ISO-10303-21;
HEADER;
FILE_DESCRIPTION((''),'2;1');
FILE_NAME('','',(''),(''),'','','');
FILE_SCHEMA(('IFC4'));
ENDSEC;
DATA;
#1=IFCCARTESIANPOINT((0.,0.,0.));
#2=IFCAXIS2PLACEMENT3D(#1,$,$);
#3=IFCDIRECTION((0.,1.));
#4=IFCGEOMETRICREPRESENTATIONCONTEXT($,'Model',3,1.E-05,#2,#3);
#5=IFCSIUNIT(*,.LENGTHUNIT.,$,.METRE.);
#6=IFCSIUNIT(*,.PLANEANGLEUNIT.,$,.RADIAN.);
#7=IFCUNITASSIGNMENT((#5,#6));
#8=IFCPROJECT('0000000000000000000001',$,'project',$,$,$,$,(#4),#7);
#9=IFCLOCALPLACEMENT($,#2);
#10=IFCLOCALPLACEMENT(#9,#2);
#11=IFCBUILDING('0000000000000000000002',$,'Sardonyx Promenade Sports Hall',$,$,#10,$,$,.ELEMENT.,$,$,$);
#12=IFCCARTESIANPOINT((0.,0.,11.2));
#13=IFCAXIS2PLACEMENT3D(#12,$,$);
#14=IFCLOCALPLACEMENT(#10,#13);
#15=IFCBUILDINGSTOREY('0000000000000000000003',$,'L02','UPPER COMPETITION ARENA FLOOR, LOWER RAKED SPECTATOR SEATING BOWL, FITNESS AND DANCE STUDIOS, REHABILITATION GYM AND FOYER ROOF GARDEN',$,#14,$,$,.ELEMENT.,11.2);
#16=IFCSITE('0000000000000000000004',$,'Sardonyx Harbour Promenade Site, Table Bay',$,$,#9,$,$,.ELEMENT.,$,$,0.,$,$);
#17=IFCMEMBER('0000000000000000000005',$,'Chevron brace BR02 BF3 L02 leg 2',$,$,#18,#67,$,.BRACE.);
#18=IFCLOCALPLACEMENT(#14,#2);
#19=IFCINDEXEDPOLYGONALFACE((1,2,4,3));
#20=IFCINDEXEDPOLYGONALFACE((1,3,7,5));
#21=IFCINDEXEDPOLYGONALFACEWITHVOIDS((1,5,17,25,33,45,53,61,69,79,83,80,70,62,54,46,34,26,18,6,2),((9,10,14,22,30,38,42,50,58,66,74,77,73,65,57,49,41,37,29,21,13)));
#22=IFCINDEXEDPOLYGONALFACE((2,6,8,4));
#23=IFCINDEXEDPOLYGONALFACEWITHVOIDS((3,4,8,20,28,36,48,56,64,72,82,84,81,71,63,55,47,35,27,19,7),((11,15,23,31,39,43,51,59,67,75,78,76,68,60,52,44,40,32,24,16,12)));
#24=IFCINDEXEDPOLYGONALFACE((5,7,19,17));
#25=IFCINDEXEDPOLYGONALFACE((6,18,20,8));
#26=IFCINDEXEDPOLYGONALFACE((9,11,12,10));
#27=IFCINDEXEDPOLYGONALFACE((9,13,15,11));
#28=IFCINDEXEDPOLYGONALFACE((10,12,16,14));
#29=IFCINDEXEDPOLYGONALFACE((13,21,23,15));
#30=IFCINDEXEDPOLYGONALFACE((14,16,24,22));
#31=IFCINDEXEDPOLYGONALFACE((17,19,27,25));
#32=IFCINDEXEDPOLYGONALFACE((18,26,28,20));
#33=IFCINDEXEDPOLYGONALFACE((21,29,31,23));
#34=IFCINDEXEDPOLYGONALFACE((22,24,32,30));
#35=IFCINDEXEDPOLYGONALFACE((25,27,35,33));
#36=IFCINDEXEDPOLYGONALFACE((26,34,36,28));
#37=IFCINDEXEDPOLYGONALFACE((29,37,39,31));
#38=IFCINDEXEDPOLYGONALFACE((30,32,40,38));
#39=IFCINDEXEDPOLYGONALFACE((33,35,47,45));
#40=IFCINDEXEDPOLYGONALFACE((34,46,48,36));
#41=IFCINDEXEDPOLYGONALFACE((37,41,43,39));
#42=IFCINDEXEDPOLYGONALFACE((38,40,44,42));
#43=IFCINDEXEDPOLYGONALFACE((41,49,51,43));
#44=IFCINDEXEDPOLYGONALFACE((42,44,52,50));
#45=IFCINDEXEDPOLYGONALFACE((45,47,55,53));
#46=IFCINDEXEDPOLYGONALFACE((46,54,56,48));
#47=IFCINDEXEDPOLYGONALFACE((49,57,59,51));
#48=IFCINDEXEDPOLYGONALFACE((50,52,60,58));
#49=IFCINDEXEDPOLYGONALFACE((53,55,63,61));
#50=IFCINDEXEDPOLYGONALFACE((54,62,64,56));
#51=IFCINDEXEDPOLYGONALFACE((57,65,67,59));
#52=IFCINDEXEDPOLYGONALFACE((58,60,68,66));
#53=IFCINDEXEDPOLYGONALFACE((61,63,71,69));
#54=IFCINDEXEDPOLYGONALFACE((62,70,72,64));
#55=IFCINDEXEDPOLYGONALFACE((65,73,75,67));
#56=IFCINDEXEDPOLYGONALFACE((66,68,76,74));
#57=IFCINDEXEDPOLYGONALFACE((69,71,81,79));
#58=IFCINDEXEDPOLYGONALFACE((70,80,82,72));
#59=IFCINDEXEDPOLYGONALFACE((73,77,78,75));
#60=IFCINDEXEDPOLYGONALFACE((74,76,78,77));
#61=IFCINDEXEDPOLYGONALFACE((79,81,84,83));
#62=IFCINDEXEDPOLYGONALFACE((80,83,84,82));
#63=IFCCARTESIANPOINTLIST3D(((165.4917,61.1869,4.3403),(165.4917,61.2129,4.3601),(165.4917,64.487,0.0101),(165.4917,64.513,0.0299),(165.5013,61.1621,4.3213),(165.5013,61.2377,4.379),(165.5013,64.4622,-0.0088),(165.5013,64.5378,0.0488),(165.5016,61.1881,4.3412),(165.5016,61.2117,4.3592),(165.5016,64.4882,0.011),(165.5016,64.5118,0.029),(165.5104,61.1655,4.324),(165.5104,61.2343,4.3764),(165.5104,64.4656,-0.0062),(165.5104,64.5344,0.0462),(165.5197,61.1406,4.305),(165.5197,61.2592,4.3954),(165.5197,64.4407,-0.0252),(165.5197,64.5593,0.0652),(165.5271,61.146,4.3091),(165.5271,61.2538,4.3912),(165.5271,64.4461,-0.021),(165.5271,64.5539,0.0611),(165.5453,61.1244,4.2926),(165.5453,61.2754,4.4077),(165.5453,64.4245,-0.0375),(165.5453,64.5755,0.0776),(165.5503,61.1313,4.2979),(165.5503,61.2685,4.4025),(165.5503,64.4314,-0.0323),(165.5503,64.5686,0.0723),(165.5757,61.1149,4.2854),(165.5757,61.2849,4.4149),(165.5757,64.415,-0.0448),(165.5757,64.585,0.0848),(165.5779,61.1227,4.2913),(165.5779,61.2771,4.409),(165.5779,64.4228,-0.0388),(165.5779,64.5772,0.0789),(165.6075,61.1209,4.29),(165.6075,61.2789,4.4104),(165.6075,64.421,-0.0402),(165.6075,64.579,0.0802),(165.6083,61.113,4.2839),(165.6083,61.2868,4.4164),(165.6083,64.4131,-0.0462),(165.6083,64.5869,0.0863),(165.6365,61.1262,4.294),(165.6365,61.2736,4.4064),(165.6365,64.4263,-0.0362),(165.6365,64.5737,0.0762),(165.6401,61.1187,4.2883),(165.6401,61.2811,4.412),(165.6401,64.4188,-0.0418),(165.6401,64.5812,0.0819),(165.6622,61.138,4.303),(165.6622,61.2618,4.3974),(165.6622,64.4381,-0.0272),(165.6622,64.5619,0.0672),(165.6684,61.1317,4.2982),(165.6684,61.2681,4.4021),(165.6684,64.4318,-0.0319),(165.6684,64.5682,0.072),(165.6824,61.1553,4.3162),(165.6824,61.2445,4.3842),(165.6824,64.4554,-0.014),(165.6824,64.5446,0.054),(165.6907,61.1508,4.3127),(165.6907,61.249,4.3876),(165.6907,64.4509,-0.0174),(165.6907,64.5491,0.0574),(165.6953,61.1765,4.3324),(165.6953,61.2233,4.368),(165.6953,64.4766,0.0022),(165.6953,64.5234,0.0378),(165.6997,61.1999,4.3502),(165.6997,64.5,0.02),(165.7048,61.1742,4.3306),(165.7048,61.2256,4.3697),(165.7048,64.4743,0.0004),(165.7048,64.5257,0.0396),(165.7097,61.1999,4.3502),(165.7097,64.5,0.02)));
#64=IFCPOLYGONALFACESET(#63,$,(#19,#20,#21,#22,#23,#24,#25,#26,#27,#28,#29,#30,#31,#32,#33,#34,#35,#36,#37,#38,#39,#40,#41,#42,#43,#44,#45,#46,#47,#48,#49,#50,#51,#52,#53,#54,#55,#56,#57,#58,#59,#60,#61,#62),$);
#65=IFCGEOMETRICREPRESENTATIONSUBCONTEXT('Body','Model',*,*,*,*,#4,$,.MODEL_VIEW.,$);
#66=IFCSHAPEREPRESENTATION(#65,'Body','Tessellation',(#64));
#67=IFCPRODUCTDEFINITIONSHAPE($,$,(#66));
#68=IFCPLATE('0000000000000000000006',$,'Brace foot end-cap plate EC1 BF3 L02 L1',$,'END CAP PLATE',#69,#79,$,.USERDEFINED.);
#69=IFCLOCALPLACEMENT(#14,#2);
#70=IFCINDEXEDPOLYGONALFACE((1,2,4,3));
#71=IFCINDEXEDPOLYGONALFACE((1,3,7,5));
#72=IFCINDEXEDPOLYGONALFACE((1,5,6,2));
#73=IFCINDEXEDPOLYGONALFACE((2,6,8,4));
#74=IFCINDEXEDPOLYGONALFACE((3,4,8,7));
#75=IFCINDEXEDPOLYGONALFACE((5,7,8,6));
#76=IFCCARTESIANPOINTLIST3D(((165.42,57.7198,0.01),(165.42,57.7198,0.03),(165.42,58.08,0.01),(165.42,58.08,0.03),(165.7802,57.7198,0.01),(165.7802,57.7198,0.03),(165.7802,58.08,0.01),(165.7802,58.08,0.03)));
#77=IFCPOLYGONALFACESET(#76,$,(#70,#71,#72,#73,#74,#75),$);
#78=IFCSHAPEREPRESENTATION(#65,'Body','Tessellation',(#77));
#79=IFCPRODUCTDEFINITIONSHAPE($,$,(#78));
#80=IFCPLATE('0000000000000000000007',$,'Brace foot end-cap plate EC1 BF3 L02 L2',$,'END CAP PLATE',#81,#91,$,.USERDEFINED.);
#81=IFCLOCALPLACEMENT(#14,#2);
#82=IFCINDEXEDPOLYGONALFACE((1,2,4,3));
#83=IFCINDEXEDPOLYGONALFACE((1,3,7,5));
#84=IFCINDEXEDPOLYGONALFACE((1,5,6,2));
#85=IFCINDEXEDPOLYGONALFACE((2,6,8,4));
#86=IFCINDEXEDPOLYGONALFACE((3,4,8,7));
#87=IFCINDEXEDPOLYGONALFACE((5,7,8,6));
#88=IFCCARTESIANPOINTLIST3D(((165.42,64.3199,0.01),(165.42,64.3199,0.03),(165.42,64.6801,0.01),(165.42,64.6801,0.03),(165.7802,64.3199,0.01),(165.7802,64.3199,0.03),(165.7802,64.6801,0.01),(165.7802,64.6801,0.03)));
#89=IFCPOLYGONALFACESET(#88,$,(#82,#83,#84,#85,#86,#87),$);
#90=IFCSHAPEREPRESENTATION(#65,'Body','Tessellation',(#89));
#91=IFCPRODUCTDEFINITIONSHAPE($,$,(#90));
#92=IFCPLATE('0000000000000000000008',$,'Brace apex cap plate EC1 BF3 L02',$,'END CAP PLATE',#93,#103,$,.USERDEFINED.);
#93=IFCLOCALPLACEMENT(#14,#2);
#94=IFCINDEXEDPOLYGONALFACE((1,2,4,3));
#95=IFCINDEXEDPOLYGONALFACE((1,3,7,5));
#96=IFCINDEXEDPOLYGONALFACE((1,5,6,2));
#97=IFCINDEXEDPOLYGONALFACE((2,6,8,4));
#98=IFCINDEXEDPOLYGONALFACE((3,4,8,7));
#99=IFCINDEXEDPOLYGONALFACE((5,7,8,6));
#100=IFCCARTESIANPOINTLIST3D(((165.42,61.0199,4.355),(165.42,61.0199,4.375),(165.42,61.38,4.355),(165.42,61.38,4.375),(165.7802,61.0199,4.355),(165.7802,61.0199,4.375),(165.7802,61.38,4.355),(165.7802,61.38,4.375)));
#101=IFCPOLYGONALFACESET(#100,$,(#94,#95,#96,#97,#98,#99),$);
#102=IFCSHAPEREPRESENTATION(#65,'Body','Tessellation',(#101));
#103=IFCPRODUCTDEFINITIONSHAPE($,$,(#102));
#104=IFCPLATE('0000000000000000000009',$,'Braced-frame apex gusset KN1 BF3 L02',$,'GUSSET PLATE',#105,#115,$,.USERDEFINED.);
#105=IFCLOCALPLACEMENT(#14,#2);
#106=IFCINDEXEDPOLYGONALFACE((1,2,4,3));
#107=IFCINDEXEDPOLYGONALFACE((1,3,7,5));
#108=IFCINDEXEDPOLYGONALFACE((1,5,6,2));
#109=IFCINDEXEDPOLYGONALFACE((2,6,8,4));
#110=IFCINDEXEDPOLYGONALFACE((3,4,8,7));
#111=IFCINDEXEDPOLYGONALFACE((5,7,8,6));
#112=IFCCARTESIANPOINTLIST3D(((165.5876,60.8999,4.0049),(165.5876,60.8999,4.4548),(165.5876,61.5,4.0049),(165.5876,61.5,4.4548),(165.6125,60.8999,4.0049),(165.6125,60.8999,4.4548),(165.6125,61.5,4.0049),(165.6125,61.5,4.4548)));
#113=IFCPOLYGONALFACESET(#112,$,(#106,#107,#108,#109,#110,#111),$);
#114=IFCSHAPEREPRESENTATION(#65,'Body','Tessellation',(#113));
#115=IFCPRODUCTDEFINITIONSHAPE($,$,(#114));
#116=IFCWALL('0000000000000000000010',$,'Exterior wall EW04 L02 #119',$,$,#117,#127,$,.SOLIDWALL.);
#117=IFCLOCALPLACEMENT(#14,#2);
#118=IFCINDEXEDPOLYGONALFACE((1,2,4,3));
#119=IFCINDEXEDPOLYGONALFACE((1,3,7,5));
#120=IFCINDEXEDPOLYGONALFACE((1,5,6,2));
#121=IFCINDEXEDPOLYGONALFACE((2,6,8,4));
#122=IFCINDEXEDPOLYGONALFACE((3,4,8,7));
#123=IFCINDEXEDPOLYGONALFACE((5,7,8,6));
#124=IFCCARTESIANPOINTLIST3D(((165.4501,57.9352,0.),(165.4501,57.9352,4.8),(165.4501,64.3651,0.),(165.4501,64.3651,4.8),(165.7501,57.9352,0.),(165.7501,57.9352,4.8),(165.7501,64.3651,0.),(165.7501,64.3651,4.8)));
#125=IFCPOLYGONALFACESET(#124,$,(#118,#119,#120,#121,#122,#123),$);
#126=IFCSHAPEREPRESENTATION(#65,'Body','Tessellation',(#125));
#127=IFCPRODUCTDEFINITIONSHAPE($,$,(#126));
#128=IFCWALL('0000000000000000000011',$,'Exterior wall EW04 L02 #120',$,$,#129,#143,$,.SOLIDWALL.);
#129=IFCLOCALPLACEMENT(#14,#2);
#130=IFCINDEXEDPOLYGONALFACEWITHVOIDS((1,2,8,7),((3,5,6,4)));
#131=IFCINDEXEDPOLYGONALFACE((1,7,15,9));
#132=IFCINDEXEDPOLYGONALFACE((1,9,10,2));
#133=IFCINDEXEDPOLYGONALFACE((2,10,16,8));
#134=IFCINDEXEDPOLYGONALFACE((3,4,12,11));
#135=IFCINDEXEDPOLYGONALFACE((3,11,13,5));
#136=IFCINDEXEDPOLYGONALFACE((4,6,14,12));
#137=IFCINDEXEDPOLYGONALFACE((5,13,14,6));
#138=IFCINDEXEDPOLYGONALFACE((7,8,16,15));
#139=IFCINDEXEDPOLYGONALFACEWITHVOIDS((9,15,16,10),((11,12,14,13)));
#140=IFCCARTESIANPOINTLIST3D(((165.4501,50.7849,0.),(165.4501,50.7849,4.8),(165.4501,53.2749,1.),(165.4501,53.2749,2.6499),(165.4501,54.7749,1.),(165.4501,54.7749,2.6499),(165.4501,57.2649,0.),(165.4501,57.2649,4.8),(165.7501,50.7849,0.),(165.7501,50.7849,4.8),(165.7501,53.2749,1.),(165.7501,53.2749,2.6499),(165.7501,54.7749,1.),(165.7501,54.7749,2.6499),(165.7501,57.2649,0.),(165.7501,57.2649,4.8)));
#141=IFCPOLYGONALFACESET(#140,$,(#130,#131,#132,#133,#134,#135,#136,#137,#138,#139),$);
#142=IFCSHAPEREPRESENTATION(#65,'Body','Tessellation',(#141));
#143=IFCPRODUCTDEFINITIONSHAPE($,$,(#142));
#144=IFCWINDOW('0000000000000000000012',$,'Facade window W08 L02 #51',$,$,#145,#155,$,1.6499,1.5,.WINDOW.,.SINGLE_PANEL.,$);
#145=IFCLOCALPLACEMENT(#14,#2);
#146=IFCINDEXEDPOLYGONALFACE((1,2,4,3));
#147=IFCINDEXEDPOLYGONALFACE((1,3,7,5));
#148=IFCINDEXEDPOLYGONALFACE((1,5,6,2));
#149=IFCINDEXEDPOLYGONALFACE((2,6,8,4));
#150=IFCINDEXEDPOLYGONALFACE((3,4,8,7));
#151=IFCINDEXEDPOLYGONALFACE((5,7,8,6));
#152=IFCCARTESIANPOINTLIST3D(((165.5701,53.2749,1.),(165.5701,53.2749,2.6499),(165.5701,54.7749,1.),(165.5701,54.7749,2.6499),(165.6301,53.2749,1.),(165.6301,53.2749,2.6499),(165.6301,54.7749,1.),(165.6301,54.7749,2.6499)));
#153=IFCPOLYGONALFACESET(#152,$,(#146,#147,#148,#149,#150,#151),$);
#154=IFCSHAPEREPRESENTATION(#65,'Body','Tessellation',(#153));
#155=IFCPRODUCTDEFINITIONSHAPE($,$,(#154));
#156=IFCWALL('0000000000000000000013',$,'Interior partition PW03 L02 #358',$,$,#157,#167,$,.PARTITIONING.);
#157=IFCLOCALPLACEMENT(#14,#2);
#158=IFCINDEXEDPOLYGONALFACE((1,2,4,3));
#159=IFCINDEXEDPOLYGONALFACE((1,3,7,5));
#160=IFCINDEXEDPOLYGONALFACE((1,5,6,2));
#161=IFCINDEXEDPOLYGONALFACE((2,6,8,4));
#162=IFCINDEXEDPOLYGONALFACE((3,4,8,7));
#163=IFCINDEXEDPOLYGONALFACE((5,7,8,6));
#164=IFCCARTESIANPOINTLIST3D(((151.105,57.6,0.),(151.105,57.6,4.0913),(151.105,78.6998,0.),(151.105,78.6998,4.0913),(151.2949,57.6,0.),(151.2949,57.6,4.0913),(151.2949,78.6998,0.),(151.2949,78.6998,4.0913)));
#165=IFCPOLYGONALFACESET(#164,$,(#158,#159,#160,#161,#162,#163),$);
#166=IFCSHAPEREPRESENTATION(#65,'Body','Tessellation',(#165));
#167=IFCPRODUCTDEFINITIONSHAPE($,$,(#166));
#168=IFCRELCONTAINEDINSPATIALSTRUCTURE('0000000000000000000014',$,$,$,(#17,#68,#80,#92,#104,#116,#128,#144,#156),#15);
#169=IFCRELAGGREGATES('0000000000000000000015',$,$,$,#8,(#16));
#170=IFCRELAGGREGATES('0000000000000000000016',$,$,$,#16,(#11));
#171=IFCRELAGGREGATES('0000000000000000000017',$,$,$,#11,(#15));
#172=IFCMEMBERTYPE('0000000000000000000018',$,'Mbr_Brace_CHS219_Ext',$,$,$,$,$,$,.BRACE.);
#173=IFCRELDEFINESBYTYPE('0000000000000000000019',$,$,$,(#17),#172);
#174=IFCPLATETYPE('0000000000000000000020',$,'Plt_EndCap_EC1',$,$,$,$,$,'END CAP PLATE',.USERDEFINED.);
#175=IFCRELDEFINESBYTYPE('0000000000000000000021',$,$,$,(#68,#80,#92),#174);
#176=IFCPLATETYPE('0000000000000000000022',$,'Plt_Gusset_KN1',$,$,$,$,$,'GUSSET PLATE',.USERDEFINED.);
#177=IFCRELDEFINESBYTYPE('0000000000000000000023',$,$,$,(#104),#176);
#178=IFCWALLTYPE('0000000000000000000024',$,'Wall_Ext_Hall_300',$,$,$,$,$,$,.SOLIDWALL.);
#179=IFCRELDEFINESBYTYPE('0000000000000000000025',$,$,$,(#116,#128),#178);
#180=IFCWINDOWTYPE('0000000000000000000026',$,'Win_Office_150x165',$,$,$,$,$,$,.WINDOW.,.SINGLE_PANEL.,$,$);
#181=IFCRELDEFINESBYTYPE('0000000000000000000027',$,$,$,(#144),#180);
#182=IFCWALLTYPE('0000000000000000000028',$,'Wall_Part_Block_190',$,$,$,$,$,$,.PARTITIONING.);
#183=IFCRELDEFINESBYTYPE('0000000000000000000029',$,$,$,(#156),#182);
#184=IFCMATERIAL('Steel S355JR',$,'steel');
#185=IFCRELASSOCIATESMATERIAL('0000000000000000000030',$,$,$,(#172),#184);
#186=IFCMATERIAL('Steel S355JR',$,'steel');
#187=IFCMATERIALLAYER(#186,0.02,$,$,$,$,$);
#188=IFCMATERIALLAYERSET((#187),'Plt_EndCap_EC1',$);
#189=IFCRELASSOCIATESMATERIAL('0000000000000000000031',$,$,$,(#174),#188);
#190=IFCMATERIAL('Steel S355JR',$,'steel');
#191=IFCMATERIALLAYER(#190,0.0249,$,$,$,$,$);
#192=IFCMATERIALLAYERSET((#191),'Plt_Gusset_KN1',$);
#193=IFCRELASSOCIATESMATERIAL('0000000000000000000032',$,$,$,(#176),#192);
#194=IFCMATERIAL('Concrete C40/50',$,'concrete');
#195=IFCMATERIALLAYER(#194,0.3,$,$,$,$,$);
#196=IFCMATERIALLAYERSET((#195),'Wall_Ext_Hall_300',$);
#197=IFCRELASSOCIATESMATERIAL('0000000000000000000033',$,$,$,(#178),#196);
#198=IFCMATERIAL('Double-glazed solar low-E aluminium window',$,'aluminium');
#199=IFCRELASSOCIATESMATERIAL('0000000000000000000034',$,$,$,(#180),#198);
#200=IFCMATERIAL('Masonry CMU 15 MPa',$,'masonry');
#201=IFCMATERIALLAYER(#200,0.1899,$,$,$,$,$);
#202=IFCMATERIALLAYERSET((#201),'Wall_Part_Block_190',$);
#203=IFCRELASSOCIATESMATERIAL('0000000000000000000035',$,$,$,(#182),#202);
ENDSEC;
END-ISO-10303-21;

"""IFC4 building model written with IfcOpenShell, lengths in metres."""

from ifc_helpers import new_model, si_unit, direction, frame, frame_2d, origin, origin_2d, place, context, subcontext, project, spatial, rectangle, hollow_circle, extrude, material, layer, layer_set, material_profile, profile_set, type_object, element, fill, save


model = new_model("IFC4")

# Units and contexts
model_context = context("Model", 3, precision=1e-05, world=origin(), true_north=direction((0.0, 1.0)))
body_context = subcontext(model_context, "Body", "Model", "MODEL_VIEW")
ifc_project = project(units=[si_unit("LENGTHUNIT", "METRE"), si_unit("PLANEANGLEUNIT", "RADIAN")], contexts=[model_context])

# Site, building, storey
site_placement = place(None, origin())
site = spatial("IfcSite", under=ifc_project, at=site_placement, Name="Sardonyx Harbour Promenade Site, Table Bay", CompositionType="ELEMENT", RefElevation=0.0)
building_placement = place(site_placement, origin())
building = spatial("IfcBuilding", under=site, at=building_placement, Name="Sardonyx Promenade Sports Hall", CompositionType="ELEMENT")
storey_placement = place(building_placement, frame((0.0, 0.0, 11.2)))
storey = spatial("IfcBuildingStorey", under=building, at=storey_placement, Name="L02", Description="UPPER COMPETITION ARENA FLOOR, LOWER RAKED SPECTATOR SEATING BOWL, FITNESS AND DANCE STUDIOS, REHABILITATION GYM AND FOYER ROOF GARDEN", CompositionType="ELEMENT", Elevation=11.2)

# Member
ifc_material_1 = material(Name="Steel S355JR", Category="steel")
ifc_material_profile_1 = material_profile(ifc_material_1, hollow_circle(Radius=0.1096, WallThickness=0.01, at=origin_2d()))
ifc_profile_set_1 = profile_set([ifc_material_profile_1], Name="Steel S355JR")
member_type = type_object("IfcMemberType", Name="Mbr_Brace_CHS219_Ext", PredefinedType="BRACE", material=ifc_profile_set_1)
for number, where, z_axis, x_axis, name in (
    (1, (165.6001, 64.5, 0.02), (0.0, -0.606153, 0.795348), (1.0, 0.0, 0.0), "Chevron brace BR02 BF3 L02 leg 2"),
):
    element("IfcMember", number, at=place(storey_placement, frame(where, z_axis=z_axis, x_axis=x_axis)), inside=storey, type_object=member_type, Name=name, PredefinedType="BRACE", context=body_context, shape_type="SweptSolid", body=[
        extrude(hollow_circle(Radius=0.1096, WallThickness=0.01, at=origin_2d()), origin(), (0.0, 0.0, 1.0), 5.4443),
    ])

# Plates
ifc_material_2 = material(Name="Steel S355JR", Category="steel")
ifc_layer_1 = layer(ifc_material_2, 0.02)
ifc_layer_set_1 = layer_set([ifc_layer_1], Name="Plt_EndCap_EC1")
plate_type_1 = type_object("IfcPlateType", Name="Plt_EndCap_EC1", ElementType="END CAP PLATE", PredefinedType="USERDEFINED", material=ifc_layer_set_1)
for number, where, z_axis, x_axis, name in (
    (2, (165.6001, 57.8999, 0.01), (0.0, 0.0, 1.0), (1.0, 0.0, 0.0), "Brace foot end-cap plate EC1 BF3 L02 L1"),
    (3, (165.6001, 64.5, 0.01), (0.0, 0.0, 1.0), (1.0, 0.0, 0.0), "Brace foot end-cap plate EC1 BF3 L02 L2"),
    (4, (165.6001, 61.2, 4.355), (0.0, 0.0, 1.0), (1.0, 0.0, 0.0), "Brace apex cap plate EC1 BF3 L02"),
):
    element("IfcPlate", number, at=place(storey_placement, frame(where, z_axis=z_axis, x_axis=x_axis)), inside=storey, type_object=plate_type_1, Name=name, ObjectType="END CAP PLATE", PredefinedType="USERDEFINED", context=body_context, shape_type="SweptSolid", body=[
        extrude(rectangle(XDim=0.3601, YDim=0.3601, at=origin_2d()), origin(), (0.0, 0.0, 1.0), 0.02),
    ])
ifc_material_3 = material(Name="Steel S355JR", Category="steel")
ifc_layer_2 = layer(ifc_material_3, 0.0249)
ifc_layer_set_2 = layer_set([ifc_layer_2], Name="Plt_Gusset_KN1")
plate_type_2 = type_object("IfcPlateType", Name="Plt_Gusset_KN1", ElementType="GUSSET PLATE", PredefinedType="USERDEFINED", material=ifc_layer_set_2)
plate_placement = place(storey_placement, frame((165.6001, 61.2, 4.0049), z_axis=(0.0, 0.0, 1.0), x_axis=(0.0, 1.0, 0.0)))
element("IfcPlate", 5, at=plate_placement, inside=storey, type_object=plate_type_2, Name="Braced-frame apex gusset KN1 BF3 L02", ObjectType="GUSSET PLATE", PredefinedType="USERDEFINED", context=body_context, shape_type="SweptSolid", body=[
    extrude(rectangle(XDim=0.6001, YDim=0.0249, at=origin_2d()), origin(), (0.0, 0.0, 1.0), 0.45),
])

# Wall
ifc_material_4 = material(Name="Concrete C40/50", Category="concrete")
ifc_layer_3 = layer(ifc_material_4, 0.3)
ifc_layer_set_3 = layer_set([ifc_layer_3], Name="Wall_Ext_Hall_300")
wall_type_1 = type_object("IfcWallType", Name="Wall_Ext_Hall_300", PredefinedType="SOLIDWALL", material=ifc_layer_set_3)
wall_1_placement = place(storey_placement, frame((165.6001, 64.365, 0.0), z_axis=(0.0, 0.0, 1.0), x_axis=(0.0, -1.0, 0.0)))
element("IfcWall", 6, at=wall_1_placement, inside=storey, type_object=wall_type_1, Name="Exterior wall EW04 L02 #119", PredefinedType="SOLIDWALL", context=body_context, shape_type="SweptSolid", body=[
    extrude(rectangle(XDim=6.4299, YDim=0.3, at=frame_2d((3.2148, 0.0))), origin(), (0.0, 0.0, 1.0), 4.8),
])

# Wall, opening, window
wall_2_placement = place(storey_placement, frame((165.6001, 57.2649, 0.0), z_axis=(0.0, 0.0, 1.0), x_axis=(0.0, -1.0, 0.0)))
wall_2 = element("IfcWall", 7, at=wall_2_placement, inside=storey, type_object=wall_type_1, Name="Exterior wall EW04 L02 #120", PredefinedType="SOLIDWALL", context=body_context, shape_type="SweptSolid", body=[
    extrude(rectangle(XDim=6.48, YDim=0.3, at=frame_2d((3.24, 0.0))), origin(), (0.0, 0.0, 1.0), 4.8),
])
opening_1_placement = place(wall_2_placement, frame((2.49, 0.0, 1.0)))
opening_1 = element("IfcOpeningElement", 8, at=opening_1_placement, cuts=wall_2, PredefinedType="OPENING", context=body_context, shape_type="SweptSolid", body=[
    extrude(rectangle(XDim=1.5, YDim=1.6499, at=frame_2d((0.75, 0.825))), frame((0.0, 0.16, 0.0), z_axis=(0.0, -1.0, 0.0), x_axis=(1.0, 0.0, 0.0)), (0.0, 0.0, 1.0), 0.32),
])
ifc_material_5 = material(Name="Double-glazed solar low-E aluminium window", Category="aluminium")
window_type = type_object("IfcWindowType", Name="Win_Office_150x165", PartitioningType="SINGLE_PANEL", PredefinedType="WINDOW", material=ifc_material_5)
window_placement = place(opening_1_placement, origin())
window = element("IfcWindow", 9, at=window_placement, inside=storey, type_object=window_type, Name="Facade window W08 L02 #51", OverallHeight=1.6499, OverallWidth=1.5, PartitioningType="SINGLE_PANEL", PredefinedType="WINDOW", context=body_context, shape_type="SweptSolid", body=[
    extrude(rectangle(XDim=1.5, YDim=1.6499, at=frame_2d((0.75, 0.825))), frame((0.0, 0.03, 0.0), z_axis=(0.0, -1.0, 0.0), x_axis=(1.0, 0.0, 0.0)), (0.0, 0.0, 1.0), 0.0601),
])
fill(opening_1, window)

# Wall
ifc_material_6 = material(Name="Masonry CMU 15 MPa", Category="masonry")
ifc_layer_4 = layer(ifc_material_6, 0.1899)
ifc_layer_set_4 = layer_set([ifc_layer_4], Name="Wall_Part_Block_190")
wall_type_2 = type_object("IfcWallType", Name="Wall_Part_Block_190", PredefinedType="PARTITIONING", material=ifc_layer_set_4)
wall_3_placement = place(storey_placement, frame((151.2, 57.6001, 0.0), z_axis=(0.0, 0.0, 1.0), x_axis=(0.0, 1.0, 0.0)))
element("IfcWall", 10, at=wall_3_placement, inside=storey, type_object=wall_type_2, Name="Interior partition PW03 L02 #358", PredefinedType="PARTITIONING", context=body_context, shape_type="SweptSolid", body=[
    extrude(rectangle(XDim=21.0999, YDim=0.1899, at=frame_2d((10.5498, 0.0))), origin(), (0.0, 0.0, 1.0), 4.0913),
])

save(model, "model.ifc")
